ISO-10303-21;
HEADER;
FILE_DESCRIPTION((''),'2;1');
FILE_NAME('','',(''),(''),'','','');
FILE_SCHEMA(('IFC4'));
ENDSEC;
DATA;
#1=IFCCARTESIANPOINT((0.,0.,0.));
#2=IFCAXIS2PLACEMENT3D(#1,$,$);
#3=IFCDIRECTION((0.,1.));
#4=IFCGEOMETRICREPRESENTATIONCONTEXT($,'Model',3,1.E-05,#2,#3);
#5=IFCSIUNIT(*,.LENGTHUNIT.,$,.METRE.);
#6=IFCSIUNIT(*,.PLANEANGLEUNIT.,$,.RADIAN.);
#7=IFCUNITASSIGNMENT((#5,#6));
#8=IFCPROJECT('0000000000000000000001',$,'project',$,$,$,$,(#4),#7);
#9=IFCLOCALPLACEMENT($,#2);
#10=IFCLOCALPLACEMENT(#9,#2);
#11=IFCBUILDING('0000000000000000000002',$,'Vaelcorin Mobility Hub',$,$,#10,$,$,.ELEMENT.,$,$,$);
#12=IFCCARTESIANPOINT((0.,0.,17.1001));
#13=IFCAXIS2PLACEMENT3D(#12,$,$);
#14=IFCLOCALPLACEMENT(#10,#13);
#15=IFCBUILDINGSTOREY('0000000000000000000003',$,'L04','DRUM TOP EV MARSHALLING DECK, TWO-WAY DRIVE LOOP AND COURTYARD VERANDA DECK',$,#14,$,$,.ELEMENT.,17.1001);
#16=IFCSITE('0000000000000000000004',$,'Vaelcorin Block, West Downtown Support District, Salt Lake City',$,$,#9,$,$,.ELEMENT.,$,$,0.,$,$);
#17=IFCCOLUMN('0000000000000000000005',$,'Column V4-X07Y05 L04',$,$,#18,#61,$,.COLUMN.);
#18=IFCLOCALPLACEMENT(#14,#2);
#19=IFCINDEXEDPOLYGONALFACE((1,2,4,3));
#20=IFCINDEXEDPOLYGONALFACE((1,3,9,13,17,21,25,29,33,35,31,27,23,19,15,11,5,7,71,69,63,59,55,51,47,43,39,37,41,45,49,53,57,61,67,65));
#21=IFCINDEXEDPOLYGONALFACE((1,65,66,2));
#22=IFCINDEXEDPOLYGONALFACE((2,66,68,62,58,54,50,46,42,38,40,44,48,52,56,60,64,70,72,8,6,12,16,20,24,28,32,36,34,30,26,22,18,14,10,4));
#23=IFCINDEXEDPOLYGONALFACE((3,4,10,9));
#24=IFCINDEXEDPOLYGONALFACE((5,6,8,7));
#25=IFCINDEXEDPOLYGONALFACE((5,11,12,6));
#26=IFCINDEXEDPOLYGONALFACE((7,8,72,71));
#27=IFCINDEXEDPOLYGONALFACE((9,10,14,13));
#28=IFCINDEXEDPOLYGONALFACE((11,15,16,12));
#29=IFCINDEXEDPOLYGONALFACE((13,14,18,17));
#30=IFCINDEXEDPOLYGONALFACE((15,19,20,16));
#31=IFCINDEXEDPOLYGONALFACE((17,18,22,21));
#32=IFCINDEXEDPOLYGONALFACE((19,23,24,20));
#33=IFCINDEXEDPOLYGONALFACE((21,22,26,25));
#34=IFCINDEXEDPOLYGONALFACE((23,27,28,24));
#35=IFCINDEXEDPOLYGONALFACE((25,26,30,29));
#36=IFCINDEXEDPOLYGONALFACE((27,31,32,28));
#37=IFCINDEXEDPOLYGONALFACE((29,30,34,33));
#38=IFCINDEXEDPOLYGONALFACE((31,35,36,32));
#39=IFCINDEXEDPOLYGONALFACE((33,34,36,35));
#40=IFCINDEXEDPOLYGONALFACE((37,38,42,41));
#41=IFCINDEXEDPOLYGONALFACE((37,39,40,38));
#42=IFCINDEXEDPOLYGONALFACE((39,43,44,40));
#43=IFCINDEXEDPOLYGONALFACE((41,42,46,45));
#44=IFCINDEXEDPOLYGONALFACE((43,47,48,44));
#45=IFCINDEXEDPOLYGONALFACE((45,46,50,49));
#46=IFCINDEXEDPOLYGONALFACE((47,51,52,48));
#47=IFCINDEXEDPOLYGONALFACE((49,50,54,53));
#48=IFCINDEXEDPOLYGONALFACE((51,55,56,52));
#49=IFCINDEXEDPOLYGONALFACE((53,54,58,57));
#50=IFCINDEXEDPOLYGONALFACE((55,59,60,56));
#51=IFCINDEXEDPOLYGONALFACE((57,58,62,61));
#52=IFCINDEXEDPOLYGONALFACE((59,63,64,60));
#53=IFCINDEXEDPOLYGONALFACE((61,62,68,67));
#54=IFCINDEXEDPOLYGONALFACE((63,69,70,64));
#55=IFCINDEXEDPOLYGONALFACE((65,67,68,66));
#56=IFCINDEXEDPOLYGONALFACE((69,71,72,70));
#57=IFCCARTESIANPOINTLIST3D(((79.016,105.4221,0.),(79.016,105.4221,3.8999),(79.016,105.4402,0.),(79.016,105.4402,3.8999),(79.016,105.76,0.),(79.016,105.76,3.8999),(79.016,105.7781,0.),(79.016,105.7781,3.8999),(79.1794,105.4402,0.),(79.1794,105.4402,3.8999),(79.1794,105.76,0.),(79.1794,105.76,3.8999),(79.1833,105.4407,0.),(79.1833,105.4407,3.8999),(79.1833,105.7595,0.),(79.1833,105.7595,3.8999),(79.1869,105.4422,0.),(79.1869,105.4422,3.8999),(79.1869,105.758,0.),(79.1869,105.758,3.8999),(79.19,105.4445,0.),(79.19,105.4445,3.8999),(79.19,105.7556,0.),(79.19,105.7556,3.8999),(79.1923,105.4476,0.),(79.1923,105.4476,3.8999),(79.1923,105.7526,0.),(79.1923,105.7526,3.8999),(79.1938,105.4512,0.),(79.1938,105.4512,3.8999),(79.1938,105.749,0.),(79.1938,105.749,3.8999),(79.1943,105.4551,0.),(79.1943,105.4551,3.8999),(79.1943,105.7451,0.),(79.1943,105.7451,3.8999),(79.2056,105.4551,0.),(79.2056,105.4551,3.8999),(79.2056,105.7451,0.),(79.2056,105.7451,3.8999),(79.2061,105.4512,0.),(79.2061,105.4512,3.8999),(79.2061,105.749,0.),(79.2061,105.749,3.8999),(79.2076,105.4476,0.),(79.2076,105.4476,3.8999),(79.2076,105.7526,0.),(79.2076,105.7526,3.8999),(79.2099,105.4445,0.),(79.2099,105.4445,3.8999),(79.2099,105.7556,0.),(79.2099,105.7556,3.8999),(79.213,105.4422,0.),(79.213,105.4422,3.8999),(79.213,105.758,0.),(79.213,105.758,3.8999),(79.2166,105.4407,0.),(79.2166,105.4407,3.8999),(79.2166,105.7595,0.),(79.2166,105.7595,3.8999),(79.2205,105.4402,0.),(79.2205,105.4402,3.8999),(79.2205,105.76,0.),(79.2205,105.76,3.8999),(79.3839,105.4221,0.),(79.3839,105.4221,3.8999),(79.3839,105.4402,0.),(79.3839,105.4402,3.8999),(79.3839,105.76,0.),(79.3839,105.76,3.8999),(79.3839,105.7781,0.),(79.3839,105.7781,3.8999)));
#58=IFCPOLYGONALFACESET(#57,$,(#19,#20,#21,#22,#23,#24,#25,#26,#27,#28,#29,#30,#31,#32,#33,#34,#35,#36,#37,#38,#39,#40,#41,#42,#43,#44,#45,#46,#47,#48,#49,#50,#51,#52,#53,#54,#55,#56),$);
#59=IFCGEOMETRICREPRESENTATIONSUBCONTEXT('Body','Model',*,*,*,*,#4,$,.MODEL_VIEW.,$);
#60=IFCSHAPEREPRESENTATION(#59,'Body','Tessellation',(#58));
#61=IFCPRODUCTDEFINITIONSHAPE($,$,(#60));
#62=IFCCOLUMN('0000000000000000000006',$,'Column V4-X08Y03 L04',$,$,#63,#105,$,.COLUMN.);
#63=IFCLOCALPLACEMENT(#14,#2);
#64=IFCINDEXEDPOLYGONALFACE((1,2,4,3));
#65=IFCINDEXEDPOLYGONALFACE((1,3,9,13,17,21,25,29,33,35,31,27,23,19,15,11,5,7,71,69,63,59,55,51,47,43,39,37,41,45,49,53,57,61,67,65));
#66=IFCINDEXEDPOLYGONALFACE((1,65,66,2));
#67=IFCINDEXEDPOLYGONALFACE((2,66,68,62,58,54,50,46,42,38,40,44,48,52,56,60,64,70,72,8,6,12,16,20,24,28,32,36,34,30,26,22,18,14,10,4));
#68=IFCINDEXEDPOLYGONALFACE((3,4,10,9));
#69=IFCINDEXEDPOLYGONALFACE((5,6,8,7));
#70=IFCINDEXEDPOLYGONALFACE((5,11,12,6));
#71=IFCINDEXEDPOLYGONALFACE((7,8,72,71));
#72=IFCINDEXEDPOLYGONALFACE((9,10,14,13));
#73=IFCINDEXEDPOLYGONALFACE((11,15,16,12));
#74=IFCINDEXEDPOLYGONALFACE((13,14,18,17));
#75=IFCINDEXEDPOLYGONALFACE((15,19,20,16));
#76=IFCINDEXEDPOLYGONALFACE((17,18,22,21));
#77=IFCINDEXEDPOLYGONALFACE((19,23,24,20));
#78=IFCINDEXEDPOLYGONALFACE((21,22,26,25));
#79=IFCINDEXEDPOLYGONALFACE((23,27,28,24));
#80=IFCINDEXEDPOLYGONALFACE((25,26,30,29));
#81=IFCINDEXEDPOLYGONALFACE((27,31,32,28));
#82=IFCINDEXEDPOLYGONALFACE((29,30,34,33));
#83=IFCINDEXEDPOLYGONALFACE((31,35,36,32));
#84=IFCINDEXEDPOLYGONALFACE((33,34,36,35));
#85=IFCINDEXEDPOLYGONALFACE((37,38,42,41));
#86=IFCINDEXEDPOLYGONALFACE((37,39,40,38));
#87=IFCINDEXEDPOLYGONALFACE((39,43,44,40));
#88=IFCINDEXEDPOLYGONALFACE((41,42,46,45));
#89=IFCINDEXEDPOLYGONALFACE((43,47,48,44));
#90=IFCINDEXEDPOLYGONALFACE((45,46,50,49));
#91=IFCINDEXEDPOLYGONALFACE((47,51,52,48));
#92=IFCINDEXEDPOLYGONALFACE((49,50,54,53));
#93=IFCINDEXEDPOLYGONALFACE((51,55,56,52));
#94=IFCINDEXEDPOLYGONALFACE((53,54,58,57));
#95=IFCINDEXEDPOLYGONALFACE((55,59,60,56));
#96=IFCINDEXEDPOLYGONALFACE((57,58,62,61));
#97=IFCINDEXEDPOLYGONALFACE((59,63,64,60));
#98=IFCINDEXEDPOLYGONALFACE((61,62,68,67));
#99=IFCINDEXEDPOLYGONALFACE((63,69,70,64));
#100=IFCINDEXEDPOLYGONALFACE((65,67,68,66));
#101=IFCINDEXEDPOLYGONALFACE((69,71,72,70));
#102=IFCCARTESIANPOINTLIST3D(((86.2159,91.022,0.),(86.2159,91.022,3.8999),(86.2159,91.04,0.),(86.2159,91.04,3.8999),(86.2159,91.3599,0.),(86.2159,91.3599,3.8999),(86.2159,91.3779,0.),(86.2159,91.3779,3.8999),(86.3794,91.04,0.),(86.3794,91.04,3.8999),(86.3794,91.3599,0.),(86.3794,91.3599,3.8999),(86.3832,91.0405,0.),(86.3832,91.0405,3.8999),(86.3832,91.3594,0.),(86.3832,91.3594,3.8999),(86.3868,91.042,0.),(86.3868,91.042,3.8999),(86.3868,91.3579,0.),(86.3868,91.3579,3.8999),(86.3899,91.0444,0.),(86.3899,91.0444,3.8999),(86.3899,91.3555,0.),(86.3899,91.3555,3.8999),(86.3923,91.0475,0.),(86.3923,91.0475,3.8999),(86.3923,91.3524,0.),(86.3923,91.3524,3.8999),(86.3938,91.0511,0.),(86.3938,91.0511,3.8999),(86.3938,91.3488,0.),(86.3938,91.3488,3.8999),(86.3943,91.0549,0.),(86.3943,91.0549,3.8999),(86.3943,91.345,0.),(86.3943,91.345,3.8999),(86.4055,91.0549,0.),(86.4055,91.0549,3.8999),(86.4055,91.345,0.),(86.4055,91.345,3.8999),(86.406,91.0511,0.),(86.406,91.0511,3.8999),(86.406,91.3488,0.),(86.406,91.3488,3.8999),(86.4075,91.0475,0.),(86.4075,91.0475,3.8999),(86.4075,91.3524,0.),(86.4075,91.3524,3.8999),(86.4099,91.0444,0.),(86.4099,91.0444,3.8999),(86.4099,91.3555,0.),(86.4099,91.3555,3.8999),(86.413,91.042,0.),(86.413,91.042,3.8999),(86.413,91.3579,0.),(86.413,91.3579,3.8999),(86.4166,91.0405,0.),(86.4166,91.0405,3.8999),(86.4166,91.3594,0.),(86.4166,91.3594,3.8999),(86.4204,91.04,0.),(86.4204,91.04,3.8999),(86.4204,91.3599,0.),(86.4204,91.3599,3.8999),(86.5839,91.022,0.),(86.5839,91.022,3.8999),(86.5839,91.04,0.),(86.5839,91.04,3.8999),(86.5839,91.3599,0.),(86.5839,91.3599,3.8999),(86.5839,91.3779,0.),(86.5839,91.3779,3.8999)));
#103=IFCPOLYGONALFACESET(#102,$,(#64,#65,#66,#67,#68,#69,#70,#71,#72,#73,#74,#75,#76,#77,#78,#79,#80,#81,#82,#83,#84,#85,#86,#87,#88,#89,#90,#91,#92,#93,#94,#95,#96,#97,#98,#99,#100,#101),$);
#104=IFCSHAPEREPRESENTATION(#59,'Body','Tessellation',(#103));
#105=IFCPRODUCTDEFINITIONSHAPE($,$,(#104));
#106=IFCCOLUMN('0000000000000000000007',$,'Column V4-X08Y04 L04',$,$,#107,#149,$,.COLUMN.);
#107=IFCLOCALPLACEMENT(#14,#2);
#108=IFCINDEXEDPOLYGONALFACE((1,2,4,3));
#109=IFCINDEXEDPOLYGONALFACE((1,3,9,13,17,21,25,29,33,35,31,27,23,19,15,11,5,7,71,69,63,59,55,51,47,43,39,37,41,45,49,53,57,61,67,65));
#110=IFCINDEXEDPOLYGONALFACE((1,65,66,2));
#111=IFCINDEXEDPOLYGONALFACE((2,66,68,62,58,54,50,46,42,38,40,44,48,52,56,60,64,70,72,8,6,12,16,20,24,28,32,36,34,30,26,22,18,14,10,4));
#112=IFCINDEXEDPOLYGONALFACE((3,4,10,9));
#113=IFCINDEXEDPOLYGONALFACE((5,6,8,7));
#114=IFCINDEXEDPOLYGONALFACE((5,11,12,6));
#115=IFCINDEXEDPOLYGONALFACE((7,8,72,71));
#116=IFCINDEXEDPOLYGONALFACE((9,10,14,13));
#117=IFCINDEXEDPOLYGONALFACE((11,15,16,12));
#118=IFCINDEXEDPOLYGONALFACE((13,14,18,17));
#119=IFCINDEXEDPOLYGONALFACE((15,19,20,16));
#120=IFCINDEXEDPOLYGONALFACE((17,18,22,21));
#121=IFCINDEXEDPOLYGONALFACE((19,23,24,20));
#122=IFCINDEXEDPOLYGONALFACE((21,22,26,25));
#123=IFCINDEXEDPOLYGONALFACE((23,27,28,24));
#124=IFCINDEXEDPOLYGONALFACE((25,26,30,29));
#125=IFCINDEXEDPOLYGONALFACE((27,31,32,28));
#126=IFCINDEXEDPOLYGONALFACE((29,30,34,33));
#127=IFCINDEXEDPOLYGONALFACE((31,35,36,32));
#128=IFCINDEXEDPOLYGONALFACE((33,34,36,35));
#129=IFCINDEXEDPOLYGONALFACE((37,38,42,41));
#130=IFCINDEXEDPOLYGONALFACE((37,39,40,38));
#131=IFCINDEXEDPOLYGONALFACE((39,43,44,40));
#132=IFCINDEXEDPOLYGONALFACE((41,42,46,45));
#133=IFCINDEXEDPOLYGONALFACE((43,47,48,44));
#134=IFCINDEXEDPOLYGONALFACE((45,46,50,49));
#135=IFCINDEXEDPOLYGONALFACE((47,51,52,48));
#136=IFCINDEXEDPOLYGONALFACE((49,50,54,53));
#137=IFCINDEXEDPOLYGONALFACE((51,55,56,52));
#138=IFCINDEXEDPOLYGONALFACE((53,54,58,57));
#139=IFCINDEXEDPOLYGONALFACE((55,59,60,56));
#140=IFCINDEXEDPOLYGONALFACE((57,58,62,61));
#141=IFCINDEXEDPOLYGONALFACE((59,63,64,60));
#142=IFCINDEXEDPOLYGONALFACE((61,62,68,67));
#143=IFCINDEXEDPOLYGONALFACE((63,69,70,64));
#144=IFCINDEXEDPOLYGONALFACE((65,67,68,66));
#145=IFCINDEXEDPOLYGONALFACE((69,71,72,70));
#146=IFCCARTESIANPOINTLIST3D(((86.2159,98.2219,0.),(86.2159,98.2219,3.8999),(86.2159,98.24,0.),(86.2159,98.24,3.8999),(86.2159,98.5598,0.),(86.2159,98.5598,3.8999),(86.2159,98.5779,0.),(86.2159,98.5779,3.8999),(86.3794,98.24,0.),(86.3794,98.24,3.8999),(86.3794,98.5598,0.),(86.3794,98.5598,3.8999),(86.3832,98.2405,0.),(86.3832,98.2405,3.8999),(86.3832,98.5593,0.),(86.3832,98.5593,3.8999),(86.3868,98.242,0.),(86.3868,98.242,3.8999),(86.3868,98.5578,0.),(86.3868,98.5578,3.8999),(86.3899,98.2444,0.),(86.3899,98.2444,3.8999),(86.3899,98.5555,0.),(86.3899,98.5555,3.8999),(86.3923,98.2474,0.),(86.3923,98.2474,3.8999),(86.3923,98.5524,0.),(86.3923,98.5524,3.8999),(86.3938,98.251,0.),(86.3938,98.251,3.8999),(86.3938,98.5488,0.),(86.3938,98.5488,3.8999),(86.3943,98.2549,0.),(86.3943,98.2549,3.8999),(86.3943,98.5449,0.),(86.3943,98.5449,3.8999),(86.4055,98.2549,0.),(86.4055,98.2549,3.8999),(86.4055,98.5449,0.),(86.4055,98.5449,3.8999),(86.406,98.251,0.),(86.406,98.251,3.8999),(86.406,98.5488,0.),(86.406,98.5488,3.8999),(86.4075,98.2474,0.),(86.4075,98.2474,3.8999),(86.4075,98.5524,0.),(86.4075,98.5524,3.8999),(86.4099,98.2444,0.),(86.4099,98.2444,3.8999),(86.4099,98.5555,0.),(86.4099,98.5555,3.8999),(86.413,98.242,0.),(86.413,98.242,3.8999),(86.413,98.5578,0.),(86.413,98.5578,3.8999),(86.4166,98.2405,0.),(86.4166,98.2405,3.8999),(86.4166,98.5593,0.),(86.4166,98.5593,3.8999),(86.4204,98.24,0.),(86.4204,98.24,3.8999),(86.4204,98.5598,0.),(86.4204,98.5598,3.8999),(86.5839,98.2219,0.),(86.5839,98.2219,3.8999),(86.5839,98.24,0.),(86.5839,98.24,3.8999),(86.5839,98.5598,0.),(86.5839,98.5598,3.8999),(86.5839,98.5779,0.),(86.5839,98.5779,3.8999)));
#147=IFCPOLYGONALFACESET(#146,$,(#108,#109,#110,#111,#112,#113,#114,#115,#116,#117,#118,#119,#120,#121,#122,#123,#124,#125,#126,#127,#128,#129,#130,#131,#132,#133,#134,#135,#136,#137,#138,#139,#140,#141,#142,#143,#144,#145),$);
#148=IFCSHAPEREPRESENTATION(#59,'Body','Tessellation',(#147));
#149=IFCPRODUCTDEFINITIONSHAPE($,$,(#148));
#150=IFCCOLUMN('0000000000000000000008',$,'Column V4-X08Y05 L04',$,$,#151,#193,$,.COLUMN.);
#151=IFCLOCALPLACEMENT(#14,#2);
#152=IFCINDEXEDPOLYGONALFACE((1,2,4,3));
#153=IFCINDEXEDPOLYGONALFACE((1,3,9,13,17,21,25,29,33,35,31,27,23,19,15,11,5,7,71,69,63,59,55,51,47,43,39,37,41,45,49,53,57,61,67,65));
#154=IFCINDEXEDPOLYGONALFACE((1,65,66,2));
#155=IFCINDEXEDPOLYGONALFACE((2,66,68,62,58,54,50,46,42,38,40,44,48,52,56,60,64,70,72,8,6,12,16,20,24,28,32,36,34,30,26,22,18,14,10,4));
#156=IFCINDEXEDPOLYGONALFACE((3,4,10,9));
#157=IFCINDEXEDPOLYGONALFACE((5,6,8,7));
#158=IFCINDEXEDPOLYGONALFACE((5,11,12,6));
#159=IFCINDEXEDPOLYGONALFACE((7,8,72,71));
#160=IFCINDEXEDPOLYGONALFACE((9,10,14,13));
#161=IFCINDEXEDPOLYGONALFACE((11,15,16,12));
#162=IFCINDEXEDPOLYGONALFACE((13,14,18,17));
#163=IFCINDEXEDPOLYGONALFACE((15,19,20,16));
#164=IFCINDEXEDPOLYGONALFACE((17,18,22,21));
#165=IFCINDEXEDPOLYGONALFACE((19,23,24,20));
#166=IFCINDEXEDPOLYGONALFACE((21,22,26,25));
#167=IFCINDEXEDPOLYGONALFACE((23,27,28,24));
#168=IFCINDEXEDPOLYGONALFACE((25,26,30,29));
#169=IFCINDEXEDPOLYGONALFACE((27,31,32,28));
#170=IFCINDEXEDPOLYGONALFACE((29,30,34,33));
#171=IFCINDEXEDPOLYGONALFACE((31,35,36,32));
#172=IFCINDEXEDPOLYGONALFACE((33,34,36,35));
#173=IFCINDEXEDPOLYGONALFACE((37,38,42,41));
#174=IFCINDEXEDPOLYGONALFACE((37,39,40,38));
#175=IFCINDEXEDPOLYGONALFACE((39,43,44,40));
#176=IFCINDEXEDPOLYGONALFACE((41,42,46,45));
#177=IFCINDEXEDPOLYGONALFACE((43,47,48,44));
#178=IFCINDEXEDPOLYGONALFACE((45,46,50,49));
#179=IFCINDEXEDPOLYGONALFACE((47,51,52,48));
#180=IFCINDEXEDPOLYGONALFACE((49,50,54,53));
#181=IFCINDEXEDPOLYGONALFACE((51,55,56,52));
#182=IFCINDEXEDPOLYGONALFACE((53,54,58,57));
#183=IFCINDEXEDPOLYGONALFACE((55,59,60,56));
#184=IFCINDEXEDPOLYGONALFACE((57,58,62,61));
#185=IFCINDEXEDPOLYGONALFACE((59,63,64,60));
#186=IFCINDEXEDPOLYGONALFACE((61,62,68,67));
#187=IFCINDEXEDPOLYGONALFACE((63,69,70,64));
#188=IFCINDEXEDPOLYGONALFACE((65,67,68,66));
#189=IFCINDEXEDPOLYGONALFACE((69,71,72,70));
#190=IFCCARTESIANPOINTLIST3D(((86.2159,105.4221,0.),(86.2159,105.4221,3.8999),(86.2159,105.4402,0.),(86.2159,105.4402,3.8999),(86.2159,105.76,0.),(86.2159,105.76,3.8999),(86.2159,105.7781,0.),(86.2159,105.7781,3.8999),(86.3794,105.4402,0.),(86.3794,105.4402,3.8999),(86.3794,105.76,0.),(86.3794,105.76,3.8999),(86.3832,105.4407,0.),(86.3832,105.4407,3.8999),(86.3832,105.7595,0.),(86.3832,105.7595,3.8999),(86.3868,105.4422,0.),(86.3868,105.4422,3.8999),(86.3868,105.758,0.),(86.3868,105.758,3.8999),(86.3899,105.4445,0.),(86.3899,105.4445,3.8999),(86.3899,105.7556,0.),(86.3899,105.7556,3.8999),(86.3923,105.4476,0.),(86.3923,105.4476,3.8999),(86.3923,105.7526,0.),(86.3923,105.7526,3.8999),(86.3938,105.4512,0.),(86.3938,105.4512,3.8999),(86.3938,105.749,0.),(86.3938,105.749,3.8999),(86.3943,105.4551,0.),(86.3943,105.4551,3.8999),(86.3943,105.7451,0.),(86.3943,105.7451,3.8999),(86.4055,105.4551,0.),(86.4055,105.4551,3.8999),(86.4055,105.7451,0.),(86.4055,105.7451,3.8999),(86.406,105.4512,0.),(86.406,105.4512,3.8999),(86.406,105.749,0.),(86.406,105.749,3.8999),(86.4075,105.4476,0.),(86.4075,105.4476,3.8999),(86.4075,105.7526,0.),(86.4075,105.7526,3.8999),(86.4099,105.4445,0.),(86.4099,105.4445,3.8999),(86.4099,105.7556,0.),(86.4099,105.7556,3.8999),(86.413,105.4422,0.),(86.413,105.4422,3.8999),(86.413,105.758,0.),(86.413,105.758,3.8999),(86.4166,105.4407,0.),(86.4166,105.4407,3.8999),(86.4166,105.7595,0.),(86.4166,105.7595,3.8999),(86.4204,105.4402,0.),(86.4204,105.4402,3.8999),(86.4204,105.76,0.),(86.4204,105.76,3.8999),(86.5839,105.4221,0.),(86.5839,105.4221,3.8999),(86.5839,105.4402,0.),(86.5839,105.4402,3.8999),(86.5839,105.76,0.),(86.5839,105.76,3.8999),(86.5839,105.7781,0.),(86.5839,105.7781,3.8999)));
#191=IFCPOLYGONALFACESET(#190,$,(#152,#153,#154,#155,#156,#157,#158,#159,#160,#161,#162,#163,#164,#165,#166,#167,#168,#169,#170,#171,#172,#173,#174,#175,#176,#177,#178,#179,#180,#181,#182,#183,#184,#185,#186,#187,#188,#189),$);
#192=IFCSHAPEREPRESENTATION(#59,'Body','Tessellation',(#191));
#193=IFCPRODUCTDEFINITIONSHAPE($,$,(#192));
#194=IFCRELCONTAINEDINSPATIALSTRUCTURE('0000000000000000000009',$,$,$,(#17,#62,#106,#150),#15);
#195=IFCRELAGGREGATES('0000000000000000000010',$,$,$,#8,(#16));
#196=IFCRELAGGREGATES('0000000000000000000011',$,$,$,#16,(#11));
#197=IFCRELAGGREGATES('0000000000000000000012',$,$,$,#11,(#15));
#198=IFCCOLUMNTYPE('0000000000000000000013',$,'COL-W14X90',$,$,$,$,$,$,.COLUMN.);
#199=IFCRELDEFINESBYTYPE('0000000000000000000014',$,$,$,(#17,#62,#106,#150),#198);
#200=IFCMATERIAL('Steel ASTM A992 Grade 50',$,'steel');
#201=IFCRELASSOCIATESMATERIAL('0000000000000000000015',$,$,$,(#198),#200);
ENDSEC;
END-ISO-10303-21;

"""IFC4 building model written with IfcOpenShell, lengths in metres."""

from ifc_helpers import new_model, si_unit, direction, frame, origin, origin_2d, place, context, subcontext, project, spatial, i_section, extrude, material, material_profile, profile_set, type_object, element, save


model = new_model("IFC4")

# Units and contexts
model_context = context("Model", 3, precision=1e-05, world=origin(), true_north=direction((0.0, 1.0)))
body_context = subcontext(model_context, "Body", "Model", "MODEL_VIEW")
ifc_project = project(units=[si_unit("LENGTHUNIT", "METRE"), si_unit("PLANEANGLEUNIT", "RADIAN")], contexts=[model_context])

# Site, building, storey
site_placement = place(None, origin())
site = spatial("IfcSite", under=ifc_project, at=site_placement, Name="Vaelcorin Block, West Downtown Support District, Salt Lake City", CompositionType="ELEMENT", RefElevation=0.0)
building_placement = place(site_placement, origin())
building = spatial("IfcBuilding", under=site, at=building_placement, Name="Vaelcorin Mobility Hub", CompositionType="ELEMENT")
storey_placement = place(building_placement, frame((0.0, 0.0, 17.1001)))
storey = spatial("IfcBuildingStorey", under=building, at=storey_placement, Name="L04", Description="DRUM TOP EV MARSHALLING DECK, TWO-WAY DRIVE LOOP AND COURTYARD VERANDA DECK", CompositionType="ELEMENT", Elevation=17.1001)

# Columns
ifc_material_1 = material(Name="Steel ASTM A992 Grade 50", Category="steel")
ifc_material_profile_1 = material_profile(ifc_material_1, i_section(OverallWidth=0.3679, OverallDepth=0.356, WebThickness=0.0112, FlangeThickness=0.0181, FilletRadius=0.0149, at=origin_2d()), Name="W14X90")
ifc_profile_set_1 = profile_set([ifc_material_profile_1], Name="Steel ASTM A992 Grade 50")
column_type_1 = type_object("IfcColumnType", Name="COL-W14X90", PredefinedType="COLUMN", material=ifc_profile_set_1)
for number, where, z_axis, x_axis, name in (
    (1, (79.2, 105.6001, 0.0), (0.0, 0.0, 1.0), (1.0, 0.0, 0.0), "Column V4-X07Y05 L04"),
    (2, (86.3999, 91.2, 0.0), (0.0, 0.0, 1.0), (1.0, 0.0, 0.0), "Column V4-X08Y03 L04"),
    (3, (86.3999, 98.3999, 0.0), (0.0, 0.0, 1.0), (1.0, 0.0, 0.0), "Column V4-X08Y04 L04"),
    (4, (86.3999, 105.6001, 0.0), (0.0, 0.0, 1.0), (1.0, 0.0, 0.0), "Column V4-X08Y05 L04"),
):
    element("IfcColumn", number, at=place(storey_placement, frame(where, z_axis=z_axis, x_axis=x_axis)), inside=storey, type_object=column_type_1, Name=name, PredefinedType="COLUMN", context=body_context, shape_type="SweptSolid", body=[
        extrude(i_section(OverallWidth=0.3679, OverallDepth=0.356, WebThickness=0.0112, FlangeThickness=0.0181, FilletRadius=0.0149, at=origin_2d()), origin(), (0.0, 0.0, 1.0), 3.8999),
    ])

save(model, "model.ifc")
